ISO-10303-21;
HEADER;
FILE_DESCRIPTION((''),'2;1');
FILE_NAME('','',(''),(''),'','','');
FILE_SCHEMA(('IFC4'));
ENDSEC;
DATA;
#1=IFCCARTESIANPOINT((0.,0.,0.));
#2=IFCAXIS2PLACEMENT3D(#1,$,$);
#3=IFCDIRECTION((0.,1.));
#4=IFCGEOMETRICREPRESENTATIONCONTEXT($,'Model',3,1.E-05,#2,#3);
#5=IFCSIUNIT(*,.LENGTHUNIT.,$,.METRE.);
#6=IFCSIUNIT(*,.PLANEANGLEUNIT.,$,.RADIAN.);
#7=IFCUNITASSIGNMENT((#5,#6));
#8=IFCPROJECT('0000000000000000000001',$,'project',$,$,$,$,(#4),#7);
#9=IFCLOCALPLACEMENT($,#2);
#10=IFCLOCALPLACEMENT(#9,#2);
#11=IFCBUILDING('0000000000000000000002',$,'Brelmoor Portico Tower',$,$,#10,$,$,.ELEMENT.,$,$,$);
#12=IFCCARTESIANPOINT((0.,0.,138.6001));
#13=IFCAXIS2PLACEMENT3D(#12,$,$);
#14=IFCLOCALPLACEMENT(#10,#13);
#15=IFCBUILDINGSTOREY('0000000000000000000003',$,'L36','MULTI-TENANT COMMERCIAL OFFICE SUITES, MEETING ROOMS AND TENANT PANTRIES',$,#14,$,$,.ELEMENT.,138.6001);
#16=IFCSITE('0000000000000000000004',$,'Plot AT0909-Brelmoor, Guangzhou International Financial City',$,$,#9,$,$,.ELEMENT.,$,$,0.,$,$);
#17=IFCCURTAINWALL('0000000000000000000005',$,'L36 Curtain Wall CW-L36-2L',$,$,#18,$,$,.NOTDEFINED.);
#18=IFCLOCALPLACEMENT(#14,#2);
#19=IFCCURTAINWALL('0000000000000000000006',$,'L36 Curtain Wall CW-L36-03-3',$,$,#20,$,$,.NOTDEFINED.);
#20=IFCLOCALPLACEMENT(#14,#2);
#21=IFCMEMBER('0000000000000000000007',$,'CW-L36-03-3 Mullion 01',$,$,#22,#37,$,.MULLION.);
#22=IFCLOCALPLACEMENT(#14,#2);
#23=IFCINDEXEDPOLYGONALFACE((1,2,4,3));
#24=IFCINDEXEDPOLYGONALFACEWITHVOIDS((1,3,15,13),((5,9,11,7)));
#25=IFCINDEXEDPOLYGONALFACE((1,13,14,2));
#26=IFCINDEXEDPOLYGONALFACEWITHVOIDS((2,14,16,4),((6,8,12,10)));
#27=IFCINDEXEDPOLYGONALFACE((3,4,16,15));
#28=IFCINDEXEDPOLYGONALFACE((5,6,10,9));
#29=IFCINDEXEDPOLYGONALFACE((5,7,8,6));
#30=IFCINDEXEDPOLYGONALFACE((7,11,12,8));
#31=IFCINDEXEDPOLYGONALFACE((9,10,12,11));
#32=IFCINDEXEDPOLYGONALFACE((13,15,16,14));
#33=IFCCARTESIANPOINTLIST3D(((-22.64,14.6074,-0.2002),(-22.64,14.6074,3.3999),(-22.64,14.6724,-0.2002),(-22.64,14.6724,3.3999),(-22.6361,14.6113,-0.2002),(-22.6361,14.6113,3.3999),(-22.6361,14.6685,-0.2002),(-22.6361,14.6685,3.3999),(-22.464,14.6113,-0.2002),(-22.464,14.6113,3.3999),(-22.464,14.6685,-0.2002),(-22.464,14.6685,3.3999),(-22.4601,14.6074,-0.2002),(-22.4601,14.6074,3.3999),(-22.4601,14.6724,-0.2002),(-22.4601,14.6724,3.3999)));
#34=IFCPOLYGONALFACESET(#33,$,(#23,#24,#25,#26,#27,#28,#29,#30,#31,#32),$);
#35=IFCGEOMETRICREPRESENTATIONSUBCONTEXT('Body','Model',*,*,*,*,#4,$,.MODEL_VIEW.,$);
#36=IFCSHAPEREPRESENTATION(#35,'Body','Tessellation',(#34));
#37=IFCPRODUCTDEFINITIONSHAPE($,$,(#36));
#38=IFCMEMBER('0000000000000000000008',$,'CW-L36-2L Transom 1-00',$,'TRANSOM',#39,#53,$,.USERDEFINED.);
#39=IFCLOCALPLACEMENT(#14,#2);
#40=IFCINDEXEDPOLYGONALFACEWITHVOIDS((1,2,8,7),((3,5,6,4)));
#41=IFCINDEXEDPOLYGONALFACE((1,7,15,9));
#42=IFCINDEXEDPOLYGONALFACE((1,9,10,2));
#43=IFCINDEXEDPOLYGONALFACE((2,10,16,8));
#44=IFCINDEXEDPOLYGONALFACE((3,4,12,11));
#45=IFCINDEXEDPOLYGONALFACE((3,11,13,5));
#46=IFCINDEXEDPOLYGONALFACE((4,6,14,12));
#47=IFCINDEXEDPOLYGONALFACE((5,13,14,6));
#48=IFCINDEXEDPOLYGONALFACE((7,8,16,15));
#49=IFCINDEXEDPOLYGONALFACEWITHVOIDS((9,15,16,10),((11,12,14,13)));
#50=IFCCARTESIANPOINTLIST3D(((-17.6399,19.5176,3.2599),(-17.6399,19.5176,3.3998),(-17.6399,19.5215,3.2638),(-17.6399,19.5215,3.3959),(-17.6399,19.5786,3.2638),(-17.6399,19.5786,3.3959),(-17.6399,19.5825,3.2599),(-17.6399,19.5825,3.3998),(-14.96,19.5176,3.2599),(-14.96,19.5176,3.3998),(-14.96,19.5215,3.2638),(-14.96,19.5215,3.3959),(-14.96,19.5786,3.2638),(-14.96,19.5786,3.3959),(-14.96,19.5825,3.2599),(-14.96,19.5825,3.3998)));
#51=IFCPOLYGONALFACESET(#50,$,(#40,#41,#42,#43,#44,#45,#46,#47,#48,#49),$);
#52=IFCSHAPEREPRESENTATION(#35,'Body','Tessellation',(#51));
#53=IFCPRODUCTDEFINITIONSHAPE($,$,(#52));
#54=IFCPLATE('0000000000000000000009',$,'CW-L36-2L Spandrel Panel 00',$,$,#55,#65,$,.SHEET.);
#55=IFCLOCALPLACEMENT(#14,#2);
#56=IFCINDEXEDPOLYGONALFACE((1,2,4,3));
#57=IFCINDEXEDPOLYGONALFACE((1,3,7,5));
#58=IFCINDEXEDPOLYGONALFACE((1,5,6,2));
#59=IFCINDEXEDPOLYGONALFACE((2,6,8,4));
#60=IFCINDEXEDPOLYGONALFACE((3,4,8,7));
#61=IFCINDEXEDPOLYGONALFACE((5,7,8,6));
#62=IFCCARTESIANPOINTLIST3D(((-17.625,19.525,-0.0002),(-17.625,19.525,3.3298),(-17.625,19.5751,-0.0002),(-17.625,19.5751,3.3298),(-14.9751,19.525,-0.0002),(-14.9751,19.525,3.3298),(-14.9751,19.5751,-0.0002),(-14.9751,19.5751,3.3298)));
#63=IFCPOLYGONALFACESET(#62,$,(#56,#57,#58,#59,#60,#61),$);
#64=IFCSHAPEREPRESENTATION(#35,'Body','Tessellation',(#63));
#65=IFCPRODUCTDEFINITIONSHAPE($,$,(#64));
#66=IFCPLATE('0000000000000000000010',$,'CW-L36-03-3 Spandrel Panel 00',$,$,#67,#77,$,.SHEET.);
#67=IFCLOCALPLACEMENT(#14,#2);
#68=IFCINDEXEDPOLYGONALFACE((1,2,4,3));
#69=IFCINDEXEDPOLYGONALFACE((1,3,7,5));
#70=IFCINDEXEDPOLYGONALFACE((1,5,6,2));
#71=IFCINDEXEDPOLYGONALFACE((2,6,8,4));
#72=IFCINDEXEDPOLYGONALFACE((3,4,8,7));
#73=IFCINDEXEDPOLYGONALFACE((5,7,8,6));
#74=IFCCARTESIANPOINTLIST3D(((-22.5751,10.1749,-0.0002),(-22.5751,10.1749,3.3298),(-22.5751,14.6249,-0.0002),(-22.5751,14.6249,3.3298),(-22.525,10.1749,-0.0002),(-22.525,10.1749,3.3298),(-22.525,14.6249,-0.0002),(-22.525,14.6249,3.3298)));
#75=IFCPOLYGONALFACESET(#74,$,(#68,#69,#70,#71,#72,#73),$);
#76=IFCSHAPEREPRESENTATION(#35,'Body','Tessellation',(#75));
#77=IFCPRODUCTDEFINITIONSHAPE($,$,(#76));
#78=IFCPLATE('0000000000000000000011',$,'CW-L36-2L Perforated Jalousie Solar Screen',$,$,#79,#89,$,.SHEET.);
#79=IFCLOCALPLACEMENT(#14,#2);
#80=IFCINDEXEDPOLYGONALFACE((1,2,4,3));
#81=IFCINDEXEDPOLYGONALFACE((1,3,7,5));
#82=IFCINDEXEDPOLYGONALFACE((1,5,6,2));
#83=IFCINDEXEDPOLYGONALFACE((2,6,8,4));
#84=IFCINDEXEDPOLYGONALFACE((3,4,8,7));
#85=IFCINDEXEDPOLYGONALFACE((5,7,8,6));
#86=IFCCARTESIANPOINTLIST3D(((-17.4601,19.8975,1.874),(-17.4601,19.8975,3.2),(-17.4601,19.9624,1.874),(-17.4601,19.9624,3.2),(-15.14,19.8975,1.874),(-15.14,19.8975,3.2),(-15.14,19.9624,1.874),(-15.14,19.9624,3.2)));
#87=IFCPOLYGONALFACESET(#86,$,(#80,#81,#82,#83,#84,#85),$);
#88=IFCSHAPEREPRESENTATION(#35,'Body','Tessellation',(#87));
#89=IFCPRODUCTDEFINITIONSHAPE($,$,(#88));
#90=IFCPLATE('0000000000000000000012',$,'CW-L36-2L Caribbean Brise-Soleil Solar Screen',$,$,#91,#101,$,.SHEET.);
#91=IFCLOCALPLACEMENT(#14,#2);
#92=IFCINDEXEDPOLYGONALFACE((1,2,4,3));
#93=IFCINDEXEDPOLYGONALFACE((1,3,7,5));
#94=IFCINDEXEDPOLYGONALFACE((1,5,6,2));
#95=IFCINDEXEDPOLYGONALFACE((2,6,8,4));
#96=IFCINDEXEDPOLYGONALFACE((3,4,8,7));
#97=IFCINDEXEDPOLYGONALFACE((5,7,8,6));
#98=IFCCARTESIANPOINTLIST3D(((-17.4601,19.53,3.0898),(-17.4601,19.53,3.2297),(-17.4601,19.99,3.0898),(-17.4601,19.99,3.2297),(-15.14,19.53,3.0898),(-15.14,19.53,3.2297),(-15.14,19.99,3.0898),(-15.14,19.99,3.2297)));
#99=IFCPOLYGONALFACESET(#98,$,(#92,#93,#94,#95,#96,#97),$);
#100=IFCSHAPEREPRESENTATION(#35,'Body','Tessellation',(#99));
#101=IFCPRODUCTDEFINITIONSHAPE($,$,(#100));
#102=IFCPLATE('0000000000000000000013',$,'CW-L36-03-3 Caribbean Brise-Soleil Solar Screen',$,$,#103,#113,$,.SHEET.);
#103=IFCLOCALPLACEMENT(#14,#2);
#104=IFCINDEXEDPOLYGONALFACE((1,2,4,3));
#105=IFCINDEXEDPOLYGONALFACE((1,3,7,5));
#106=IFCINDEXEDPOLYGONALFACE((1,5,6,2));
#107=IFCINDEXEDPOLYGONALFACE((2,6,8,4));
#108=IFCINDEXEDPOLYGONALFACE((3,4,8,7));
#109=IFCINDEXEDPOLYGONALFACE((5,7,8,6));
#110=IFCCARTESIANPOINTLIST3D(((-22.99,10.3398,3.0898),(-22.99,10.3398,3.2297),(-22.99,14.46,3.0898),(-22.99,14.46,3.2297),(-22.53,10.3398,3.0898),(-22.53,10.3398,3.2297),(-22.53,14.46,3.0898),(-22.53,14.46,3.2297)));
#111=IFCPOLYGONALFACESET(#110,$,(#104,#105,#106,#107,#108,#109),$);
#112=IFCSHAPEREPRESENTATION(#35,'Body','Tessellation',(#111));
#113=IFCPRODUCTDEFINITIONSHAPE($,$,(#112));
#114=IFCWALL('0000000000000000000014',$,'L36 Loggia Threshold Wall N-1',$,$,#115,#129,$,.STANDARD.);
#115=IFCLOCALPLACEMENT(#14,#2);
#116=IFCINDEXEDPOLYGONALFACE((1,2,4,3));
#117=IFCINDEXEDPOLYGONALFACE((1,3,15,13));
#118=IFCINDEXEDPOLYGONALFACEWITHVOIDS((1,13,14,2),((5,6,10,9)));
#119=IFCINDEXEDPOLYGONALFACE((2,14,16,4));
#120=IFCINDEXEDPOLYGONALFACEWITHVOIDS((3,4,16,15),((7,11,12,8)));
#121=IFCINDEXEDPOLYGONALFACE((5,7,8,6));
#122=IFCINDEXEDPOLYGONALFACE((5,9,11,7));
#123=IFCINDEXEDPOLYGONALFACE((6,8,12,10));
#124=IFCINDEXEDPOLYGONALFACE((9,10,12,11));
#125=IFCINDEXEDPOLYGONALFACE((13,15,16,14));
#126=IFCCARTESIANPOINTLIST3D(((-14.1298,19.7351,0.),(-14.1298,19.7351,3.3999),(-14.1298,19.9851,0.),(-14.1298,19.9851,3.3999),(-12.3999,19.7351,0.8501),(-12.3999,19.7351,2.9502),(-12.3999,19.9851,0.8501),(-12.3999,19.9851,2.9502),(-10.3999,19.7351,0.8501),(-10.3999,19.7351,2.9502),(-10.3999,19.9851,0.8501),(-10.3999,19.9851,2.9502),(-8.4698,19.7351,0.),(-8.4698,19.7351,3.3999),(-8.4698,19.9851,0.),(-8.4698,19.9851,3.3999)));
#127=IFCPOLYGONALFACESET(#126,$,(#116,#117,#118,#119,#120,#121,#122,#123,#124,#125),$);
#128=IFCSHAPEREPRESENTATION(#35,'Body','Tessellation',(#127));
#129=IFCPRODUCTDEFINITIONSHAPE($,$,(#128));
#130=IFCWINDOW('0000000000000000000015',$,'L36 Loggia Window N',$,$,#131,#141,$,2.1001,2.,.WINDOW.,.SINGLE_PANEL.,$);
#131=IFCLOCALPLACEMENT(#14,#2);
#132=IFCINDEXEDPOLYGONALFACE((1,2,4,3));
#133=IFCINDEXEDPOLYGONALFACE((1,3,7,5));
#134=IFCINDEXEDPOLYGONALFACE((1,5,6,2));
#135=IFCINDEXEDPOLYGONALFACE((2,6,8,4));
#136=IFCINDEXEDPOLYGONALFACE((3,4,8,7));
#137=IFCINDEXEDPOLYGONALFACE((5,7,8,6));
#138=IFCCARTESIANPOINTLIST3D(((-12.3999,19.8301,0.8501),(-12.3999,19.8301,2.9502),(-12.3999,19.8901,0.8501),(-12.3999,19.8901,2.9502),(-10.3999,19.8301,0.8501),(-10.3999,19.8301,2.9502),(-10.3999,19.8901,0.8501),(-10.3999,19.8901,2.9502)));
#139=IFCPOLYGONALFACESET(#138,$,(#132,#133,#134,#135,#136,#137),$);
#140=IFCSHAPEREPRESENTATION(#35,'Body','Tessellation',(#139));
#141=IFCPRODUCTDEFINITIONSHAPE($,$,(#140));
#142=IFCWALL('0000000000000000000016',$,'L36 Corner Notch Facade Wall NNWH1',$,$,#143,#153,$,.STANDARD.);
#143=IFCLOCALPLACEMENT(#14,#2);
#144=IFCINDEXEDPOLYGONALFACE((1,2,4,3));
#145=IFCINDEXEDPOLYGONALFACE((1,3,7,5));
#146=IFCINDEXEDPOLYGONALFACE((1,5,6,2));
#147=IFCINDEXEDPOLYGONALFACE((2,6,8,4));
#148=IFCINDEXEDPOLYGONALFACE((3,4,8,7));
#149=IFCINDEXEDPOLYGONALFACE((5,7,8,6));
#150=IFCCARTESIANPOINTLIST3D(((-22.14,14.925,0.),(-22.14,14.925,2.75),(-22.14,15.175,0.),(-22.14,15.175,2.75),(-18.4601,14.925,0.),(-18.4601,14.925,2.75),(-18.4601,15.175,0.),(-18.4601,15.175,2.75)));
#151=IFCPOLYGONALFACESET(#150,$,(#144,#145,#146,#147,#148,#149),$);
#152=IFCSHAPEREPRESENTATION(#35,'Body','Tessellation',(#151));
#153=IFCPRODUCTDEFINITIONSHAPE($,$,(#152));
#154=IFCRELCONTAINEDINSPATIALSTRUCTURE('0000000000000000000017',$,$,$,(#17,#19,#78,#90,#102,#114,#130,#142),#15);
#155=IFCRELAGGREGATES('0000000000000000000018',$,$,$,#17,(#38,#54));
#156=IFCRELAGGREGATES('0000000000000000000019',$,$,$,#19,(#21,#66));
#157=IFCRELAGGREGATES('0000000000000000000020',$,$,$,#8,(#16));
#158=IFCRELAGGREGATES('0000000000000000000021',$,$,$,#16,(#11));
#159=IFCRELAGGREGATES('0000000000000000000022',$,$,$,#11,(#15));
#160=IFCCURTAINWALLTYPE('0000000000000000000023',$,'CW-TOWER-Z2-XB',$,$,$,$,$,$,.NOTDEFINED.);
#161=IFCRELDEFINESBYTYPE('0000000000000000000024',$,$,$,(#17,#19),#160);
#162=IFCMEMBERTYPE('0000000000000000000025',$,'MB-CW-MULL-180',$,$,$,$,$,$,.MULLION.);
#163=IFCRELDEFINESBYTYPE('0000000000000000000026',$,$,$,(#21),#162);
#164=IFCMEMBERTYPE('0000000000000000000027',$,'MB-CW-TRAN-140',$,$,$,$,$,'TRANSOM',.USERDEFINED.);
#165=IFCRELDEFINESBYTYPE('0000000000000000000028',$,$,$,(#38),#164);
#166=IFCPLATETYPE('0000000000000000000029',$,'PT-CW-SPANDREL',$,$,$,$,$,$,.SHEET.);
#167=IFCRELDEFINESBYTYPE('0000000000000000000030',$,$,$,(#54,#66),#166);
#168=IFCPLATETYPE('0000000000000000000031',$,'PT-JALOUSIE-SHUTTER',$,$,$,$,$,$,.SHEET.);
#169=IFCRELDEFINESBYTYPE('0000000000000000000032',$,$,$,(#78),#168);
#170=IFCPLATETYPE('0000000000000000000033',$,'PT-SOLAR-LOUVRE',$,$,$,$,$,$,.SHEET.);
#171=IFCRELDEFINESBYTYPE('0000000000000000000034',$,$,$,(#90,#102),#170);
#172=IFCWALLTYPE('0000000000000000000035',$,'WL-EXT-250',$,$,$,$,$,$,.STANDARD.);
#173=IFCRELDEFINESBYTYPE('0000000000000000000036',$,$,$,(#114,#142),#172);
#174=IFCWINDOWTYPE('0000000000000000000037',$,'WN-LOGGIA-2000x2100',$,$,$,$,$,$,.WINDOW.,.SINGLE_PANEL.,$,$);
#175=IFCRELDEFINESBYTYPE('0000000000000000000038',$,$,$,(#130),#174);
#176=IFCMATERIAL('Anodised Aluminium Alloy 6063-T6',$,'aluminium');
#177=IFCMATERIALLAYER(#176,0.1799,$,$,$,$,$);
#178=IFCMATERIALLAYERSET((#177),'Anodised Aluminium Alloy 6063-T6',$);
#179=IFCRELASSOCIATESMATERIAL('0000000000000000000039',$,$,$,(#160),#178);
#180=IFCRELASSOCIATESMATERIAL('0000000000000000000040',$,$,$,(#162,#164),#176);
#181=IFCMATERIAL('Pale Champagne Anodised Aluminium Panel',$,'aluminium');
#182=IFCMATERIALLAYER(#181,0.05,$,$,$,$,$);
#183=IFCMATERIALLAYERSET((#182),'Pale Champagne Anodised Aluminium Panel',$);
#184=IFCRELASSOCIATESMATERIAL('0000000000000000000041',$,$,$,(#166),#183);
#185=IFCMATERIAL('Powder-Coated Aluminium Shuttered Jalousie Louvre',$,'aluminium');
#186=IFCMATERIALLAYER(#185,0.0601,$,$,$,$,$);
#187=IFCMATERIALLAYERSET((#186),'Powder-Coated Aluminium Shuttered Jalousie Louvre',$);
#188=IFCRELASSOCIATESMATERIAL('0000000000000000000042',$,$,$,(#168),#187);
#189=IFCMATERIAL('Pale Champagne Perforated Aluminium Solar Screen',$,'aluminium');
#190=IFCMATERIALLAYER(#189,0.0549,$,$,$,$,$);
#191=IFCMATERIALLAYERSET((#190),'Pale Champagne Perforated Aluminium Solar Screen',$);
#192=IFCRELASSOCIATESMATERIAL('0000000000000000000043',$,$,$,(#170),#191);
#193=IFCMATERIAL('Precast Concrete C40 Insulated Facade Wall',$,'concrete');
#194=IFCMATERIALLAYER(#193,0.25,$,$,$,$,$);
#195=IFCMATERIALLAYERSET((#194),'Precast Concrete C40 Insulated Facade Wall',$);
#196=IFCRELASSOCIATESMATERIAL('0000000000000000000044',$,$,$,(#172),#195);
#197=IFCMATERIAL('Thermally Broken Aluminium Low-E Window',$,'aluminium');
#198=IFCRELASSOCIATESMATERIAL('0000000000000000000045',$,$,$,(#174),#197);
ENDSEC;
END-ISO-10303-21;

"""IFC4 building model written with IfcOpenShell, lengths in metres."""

from ifc_helpers import new_model, si_unit, direction, frame, frame_2d, origin, origin_2d, place, context, subcontext, project, spatial, rectangle, hollow_rectangle, extrude, material, layer, layer_set, material_profile, profile_set, type_object, element, fill, aggregate, save


model = new_model("IFC4")

# Units and contexts
model_context = context("Model", 3, precision=1e-05, world=origin(), true_north=direction((0.0, 1.0)))
body_context = subcontext(model_context, "Body", "Model", "MODEL_VIEW")
ifc_project = project(units=[si_unit("LENGTHUNIT", "METRE"), si_unit("PLANEANGLEUNIT", "RADIAN")], contexts=[model_context])

# Site, building, storey
site_placement = place(None, origin())
site = spatial("IfcSite", under=ifc_project, at=site_placement, Name="Plot AT0909-Brelmoor, Guangzhou International Financial City", CompositionType="ELEMENT", RefElevation=0.0)
building_placement = place(site_placement, origin())
building = spatial("IfcBuilding", under=site, at=building_placement, Name="Brelmoor Portico Tower", CompositionType="ELEMENT")
storey_placement = place(building_placement, frame((0.0, 0.0, 138.6001)))
storey = spatial("IfcBuildingStorey", under=building, at=storey_placement, Name="L36", Description="MULTI-TENANT COMMERCIAL OFFICE SUITES, MEETING ROOMS AND TENANT PANTRIES", CompositionType="ELEMENT", Elevation=138.6001)

# Curtain wall
ifc_material_1 = material(Name="Anodised Aluminium Alloy 6063-T6", Category="aluminium")
ifc_layer_1 = layer(ifc_material_1, 0.1799)
ifc_layer_set_1 = layer_set([ifc_layer_1], Name="Anodised Aluminium Alloy 6063-T6")
curtain_wall_type = type_object("IfcCurtainWallType", Name="CW-TOWER-Z2-XB", PredefinedType="NOTDEFINED", material=ifc_layer_set_1)
curtain_wall_1_placement = place(storey_placement, origin())
curtain_wall_1 = element("IfcCurtainWall", 1, at=curtain_wall_1_placement, inside=storey, type_object=curtain_wall_type, Name="L36 Curtain Wall CW-L36-2L", PredefinedType="NOTDEFINED")
ifc_material_profile_1 = material_profile(ifc_material_1, hollow_rectangle(XDim=0.0649, YDim=0.1799, WallThickness=0.0039, at=origin_2d()), Name="ALU MULLION 65x180")
ifc_profile_set_1 = profile_set([ifc_material_profile_1], Name="Anodised Aluminium Alloy 6063-T6")
member_type_1 = type_object("IfcMemberType", Name="MB-CW-MULL-180", PredefinedType="MULLION", material=ifc_profile_set_1)

# Curtain wall, member
curtain_wall_2_placement = place(storey_placement, origin())
curtain_wall_2 = element("IfcCurtainWall", 2, at=curtain_wall_2_placement, inside=storey, type_object=curtain_wall_type, Name="L36 Curtain Wall CW-L36-03-3", PredefinedType="NOTDEFINED")
member_1_placement = place(storey_placement, frame((-22.55, 14.6399, -0.2002), z_axis=(0.0, 0.0, 1.0), x_axis=(0.0, 1.0, 0.0)))
member_1 = element("IfcMember", 3, at=member_1_placement, type_object=member_type_1, Name="CW-L36-03-3 Mullion 01", PredefinedType="MULLION", context=body_context, shape_type="SweptSolid", body=[
    extrude(hollow_rectangle(XDim=0.0649, YDim=0.1799, WallThickness=0.0039, at=origin_2d()), origin(), (0.0, 0.0, 1.0), 3.6001),
])

# Member
ifc_material_profile_2 = material_profile(ifc_material_1, hollow_rectangle(XDim=0.0649, YDim=0.1399, WallThickness=0.0039, at=origin_2d()), Name="ALU TRANSOM 65x140")
ifc_profile_set_2 = profile_set([ifc_material_profile_2], Name="Anodised Aluminium Alloy 6063-T6")
member_type_2 = type_object("IfcMemberType", Name="MB-CW-TRAN-140", ElementType="TRANSOM", PredefinedType="USERDEFINED", material=ifc_profile_set_2)
member_2_placement = place(storey_placement, frame((-17.6399, 19.55, 3.3298), z_axis=(1.0, 0.0, 0.0), x_axis=(0.0, 1.0, 0.0)))
member_2 = element("IfcMember", 4, at=member_2_placement, type_object=member_type_2, Name="CW-L36-2L Transom 1-00", ObjectType="TRANSOM", PredefinedType="USERDEFINED", context=body_context, shape_type="SweptSolid", body=[
    extrude(hollow_rectangle(XDim=0.0649, YDim=0.1399, WallThickness=0.0039, at=origin_2d()), origin(), (0.0, 0.0, 1.0), 2.6799),
])

# Plates
ifc_material_2 = material(Name="Pale Champagne Anodised Aluminium Panel", Category="aluminium")
ifc_layer_2 = layer(ifc_material_2, 0.05)
ifc_layer_set_2 = layer_set([ifc_layer_2], Name="Pale Champagne Anodised Aluminium Panel")
plate_type_1 = type_object("IfcPlateType", Name="PT-CW-SPANDREL", PredefinedType="SHEET", material=ifc_layer_set_2)
plate_1_placement = place(storey_placement, frame((-16.3, 19.55, -0.0002), z_axis=(0.0, 0.0, 1.0), x_axis=(1.0, 0.0, 0.0)))
plate_1 = element("IfcPlate", 5, at=plate_1_placement, type_object=plate_type_1, Name="CW-L36-2L Spandrel Panel 00", PredefinedType="SHEET", context=body_context, shape_type="SweptSolid", body=[
    extrude(rectangle(XDim=2.6499, YDim=0.05, at=origin_2d()), origin(), (0.0, 0.0, 1.0), 3.3301),
])
aggregate(curtain_wall_1, [member_2, plate_1])
plate_2_placement = place(storey_placement, frame((-22.55, 12.3999, -0.0002), z_axis=(0.0, 0.0, 1.0), x_axis=(0.0, 1.0, 0.0)))
plate_2 = element("IfcPlate", 6, at=plate_2_placement, type_object=plate_type_1, Name="CW-L36-03-3 Spandrel Panel 00", PredefinedType="SHEET", context=body_context, shape_type="SweptSolid", body=[
    extrude(rectangle(XDim=4.45, YDim=0.05, at=origin_2d()), origin(), (0.0, 0.0, 1.0), 3.3301),
])
aggregate(curtain_wall_2, [member_1, plate_2])

# Plates
ifc_material_3 = material(Name="Powder-Coated Aluminium Shuttered Jalousie Louvre", Category="aluminium")
ifc_layer_3 = layer(ifc_material_3, 0.0601)
ifc_layer_set_3 = layer_set([ifc_layer_3], Name="Powder-Coated Aluminium Shuttered Jalousie Louvre")
plate_type_2 = type_object("IfcPlateType", Name="PT-JALOUSIE-SHUTTER", PredefinedType="SHEET", material=ifc_layer_set_3)
plate_3_placement = place(storey_placement, frame((-16.3, 19.9299, 1.874), z_axis=(0.0, 0.0, 1.0), x_axis=(1.0, 0.0, 0.0)))
element("IfcPlate", 7, at=plate_3_placement, inside=storey, type_object=plate_type_2, Name="CW-L36-2L Perforated Jalousie Solar Screen", PredefinedType="SHEET", context=body_context, shape_type="SweptSolid", body=[
    extrude(rectangle(XDim=2.3201, YDim=0.0649, at=origin_2d()), origin(), (0.0, 0.0, 1.0), 1.3259),
])
ifc_material_4 = material(Name="Pale Champagne Perforated Aluminium Solar Screen", Category="aluminium")
ifc_layer_4 = layer(ifc_material_4, 0.0549)
ifc_layer_set_4 = layer_set([ifc_layer_4], Name="Pale Champagne Perforated Aluminium Solar Screen")
plate_type_3 = type_object("IfcPlateType", Name="PT-SOLAR-LOUVRE", PredefinedType="SHEET", material=ifc_layer_set_4)
plate_4_placement = place(storey_placement, frame((-16.3, 19.76, 3.0898), z_axis=(0.0, 0.0, 1.0), x_axis=(1.0, 0.0, 0.0)))
element("IfcPlate", 8, at=plate_4_placement, inside=storey, type_object=plate_type_3, Name="CW-L36-2L Caribbean Brise-Soleil Solar Screen", PredefinedType="SHEET", context=body_context, shape_type="SweptSolid", body=[
    extrude(rectangle(XDim=2.3201, YDim=0.46, at=origin_2d()), origin(), (0.0, 0.0, 1.0), 0.1399),
])
plate_5_placement = place(storey_placement, frame((-22.76, 12.3999, 3.0898), z_axis=(0.0, 0.0, 1.0), x_axis=(0.0, 1.0, 0.0)))
element("IfcPlate", 9, at=plate_5_placement, inside=storey, type_object=plate_type_3, Name="CW-L36-03-3 Caribbean Brise-Soleil Solar Screen", PredefinedType="SHEET", context=body_context, shape_type="SweptSolid", body=[
    extrude(rectangle(XDim=4.1201, YDim=0.46, at=origin_2d()), origin(), (0.0, 0.0, 1.0), 0.1399),
])

# Wall, opening, window
ifc_material_5 = material(Name="Precast Concrete C40 Insulated Facade Wall", Category="concrete")
ifc_layer_5 = layer(ifc_material_5, 0.25)
ifc_layer_set_5 = layer_set([ifc_layer_5], Name="Precast Concrete C40 Insulated Facade Wall")
wall_type_1 = type_object("IfcWallType", Name="WL-EXT-250", PredefinedType="STANDARD", material=ifc_layer_set_5)
wall_1_placement = place(storey_placement, frame((-14.1299, 19.8601, 0.0), z_axis=(0.0, 0.0, 1.0), x_axis=(1.0, 0.0, 0.0)))
wall_1 = element("IfcWall", 10, at=wall_1_placement, inside=storey, type_object=wall_type_1, Name="L36 Loggia Threshold Wall N-1", PredefinedType="STANDARD", context=body_context, shape_type="SweptSolid", body=[
    extrude(rectangle(XDim=5.6599, YDim=0.25, at=frame_2d((2.8301, 0.0))), origin(), (0.0, 0.0, 1.0), 3.3999),
])
opening_1_placement = place(wall_1_placement, frame((1.73, 0.0, 0.8501)))
opening_1 = element("IfcOpeningElement", 11, at=opening_1_placement, cuts=wall_1, PredefinedType="OPENING", context=body_context, shape_type="SweptSolid", body=[
    extrude(rectangle(XDim=2.0, YDim=2.1001, at=frame_2d((1.0, 1.05))), frame((0.0, 0.135, 0.0), z_axis=(0.0, -1.0, 0.0), x_axis=(1.0, 0.0, 0.0)), (0.0, 0.0, 1.0), 0.27),
])
ifc_material_6 = material(Name="Thermally Broken Aluminium Low-E Window", Category="aluminium")
window_type = type_object("IfcWindowType", Name="WN-LOGGIA-2000x2100", PartitioningType="SINGLE_PANEL", PredefinedType="WINDOW", material=ifc_material_6)
window_placement = place(opening_1_placement, origin())
window = element("IfcWindow", 12, at=window_placement, inside=storey, type_object=window_type, Name="L36 Loggia Window N", OverallHeight=2.1001, OverallWidth=2.0, PartitioningType="SINGLE_PANEL", PredefinedType="WINDOW", context=body_context, shape_type="SweptSolid", body=[
    extrude(rectangle(XDim=2.0, YDim=2.1001, at=frame_2d((1.0, 1.05))), frame((0.0, 0.03, 0.0), z_axis=(0.0, -1.0, 0.0), x_axis=(1.0, 0.0, 0.0)), (0.0, 0.0, 1.0), 0.0601),
])
fill(opening_1, window)

# Wall
for number, where, z_axis, x_axis, name in (
    (13, (-22.1399, 15.05, 0.0), (0.0, 0.0, 1.0), (1.0, 0.0, 0.0), "L36 Corner Notch Facade Wall NNWH1"),
):
    element("IfcWall", number, at=place(storey_placement, frame(where, z_axis=z_axis, x_axis=x_axis)), inside=storey, type_object=wall_type_1, Name=name, PredefinedType="STANDARD", context=body_context, shape_type="SweptSolid", body=[
        extrude(rectangle(XDim=3.6799, YDim=0.25, at=frame_2d((1.8398, 0.0))), origin(), (0.0, 0.0, 1.0), 2.75),
    ])

save(model, "model.ifc")
